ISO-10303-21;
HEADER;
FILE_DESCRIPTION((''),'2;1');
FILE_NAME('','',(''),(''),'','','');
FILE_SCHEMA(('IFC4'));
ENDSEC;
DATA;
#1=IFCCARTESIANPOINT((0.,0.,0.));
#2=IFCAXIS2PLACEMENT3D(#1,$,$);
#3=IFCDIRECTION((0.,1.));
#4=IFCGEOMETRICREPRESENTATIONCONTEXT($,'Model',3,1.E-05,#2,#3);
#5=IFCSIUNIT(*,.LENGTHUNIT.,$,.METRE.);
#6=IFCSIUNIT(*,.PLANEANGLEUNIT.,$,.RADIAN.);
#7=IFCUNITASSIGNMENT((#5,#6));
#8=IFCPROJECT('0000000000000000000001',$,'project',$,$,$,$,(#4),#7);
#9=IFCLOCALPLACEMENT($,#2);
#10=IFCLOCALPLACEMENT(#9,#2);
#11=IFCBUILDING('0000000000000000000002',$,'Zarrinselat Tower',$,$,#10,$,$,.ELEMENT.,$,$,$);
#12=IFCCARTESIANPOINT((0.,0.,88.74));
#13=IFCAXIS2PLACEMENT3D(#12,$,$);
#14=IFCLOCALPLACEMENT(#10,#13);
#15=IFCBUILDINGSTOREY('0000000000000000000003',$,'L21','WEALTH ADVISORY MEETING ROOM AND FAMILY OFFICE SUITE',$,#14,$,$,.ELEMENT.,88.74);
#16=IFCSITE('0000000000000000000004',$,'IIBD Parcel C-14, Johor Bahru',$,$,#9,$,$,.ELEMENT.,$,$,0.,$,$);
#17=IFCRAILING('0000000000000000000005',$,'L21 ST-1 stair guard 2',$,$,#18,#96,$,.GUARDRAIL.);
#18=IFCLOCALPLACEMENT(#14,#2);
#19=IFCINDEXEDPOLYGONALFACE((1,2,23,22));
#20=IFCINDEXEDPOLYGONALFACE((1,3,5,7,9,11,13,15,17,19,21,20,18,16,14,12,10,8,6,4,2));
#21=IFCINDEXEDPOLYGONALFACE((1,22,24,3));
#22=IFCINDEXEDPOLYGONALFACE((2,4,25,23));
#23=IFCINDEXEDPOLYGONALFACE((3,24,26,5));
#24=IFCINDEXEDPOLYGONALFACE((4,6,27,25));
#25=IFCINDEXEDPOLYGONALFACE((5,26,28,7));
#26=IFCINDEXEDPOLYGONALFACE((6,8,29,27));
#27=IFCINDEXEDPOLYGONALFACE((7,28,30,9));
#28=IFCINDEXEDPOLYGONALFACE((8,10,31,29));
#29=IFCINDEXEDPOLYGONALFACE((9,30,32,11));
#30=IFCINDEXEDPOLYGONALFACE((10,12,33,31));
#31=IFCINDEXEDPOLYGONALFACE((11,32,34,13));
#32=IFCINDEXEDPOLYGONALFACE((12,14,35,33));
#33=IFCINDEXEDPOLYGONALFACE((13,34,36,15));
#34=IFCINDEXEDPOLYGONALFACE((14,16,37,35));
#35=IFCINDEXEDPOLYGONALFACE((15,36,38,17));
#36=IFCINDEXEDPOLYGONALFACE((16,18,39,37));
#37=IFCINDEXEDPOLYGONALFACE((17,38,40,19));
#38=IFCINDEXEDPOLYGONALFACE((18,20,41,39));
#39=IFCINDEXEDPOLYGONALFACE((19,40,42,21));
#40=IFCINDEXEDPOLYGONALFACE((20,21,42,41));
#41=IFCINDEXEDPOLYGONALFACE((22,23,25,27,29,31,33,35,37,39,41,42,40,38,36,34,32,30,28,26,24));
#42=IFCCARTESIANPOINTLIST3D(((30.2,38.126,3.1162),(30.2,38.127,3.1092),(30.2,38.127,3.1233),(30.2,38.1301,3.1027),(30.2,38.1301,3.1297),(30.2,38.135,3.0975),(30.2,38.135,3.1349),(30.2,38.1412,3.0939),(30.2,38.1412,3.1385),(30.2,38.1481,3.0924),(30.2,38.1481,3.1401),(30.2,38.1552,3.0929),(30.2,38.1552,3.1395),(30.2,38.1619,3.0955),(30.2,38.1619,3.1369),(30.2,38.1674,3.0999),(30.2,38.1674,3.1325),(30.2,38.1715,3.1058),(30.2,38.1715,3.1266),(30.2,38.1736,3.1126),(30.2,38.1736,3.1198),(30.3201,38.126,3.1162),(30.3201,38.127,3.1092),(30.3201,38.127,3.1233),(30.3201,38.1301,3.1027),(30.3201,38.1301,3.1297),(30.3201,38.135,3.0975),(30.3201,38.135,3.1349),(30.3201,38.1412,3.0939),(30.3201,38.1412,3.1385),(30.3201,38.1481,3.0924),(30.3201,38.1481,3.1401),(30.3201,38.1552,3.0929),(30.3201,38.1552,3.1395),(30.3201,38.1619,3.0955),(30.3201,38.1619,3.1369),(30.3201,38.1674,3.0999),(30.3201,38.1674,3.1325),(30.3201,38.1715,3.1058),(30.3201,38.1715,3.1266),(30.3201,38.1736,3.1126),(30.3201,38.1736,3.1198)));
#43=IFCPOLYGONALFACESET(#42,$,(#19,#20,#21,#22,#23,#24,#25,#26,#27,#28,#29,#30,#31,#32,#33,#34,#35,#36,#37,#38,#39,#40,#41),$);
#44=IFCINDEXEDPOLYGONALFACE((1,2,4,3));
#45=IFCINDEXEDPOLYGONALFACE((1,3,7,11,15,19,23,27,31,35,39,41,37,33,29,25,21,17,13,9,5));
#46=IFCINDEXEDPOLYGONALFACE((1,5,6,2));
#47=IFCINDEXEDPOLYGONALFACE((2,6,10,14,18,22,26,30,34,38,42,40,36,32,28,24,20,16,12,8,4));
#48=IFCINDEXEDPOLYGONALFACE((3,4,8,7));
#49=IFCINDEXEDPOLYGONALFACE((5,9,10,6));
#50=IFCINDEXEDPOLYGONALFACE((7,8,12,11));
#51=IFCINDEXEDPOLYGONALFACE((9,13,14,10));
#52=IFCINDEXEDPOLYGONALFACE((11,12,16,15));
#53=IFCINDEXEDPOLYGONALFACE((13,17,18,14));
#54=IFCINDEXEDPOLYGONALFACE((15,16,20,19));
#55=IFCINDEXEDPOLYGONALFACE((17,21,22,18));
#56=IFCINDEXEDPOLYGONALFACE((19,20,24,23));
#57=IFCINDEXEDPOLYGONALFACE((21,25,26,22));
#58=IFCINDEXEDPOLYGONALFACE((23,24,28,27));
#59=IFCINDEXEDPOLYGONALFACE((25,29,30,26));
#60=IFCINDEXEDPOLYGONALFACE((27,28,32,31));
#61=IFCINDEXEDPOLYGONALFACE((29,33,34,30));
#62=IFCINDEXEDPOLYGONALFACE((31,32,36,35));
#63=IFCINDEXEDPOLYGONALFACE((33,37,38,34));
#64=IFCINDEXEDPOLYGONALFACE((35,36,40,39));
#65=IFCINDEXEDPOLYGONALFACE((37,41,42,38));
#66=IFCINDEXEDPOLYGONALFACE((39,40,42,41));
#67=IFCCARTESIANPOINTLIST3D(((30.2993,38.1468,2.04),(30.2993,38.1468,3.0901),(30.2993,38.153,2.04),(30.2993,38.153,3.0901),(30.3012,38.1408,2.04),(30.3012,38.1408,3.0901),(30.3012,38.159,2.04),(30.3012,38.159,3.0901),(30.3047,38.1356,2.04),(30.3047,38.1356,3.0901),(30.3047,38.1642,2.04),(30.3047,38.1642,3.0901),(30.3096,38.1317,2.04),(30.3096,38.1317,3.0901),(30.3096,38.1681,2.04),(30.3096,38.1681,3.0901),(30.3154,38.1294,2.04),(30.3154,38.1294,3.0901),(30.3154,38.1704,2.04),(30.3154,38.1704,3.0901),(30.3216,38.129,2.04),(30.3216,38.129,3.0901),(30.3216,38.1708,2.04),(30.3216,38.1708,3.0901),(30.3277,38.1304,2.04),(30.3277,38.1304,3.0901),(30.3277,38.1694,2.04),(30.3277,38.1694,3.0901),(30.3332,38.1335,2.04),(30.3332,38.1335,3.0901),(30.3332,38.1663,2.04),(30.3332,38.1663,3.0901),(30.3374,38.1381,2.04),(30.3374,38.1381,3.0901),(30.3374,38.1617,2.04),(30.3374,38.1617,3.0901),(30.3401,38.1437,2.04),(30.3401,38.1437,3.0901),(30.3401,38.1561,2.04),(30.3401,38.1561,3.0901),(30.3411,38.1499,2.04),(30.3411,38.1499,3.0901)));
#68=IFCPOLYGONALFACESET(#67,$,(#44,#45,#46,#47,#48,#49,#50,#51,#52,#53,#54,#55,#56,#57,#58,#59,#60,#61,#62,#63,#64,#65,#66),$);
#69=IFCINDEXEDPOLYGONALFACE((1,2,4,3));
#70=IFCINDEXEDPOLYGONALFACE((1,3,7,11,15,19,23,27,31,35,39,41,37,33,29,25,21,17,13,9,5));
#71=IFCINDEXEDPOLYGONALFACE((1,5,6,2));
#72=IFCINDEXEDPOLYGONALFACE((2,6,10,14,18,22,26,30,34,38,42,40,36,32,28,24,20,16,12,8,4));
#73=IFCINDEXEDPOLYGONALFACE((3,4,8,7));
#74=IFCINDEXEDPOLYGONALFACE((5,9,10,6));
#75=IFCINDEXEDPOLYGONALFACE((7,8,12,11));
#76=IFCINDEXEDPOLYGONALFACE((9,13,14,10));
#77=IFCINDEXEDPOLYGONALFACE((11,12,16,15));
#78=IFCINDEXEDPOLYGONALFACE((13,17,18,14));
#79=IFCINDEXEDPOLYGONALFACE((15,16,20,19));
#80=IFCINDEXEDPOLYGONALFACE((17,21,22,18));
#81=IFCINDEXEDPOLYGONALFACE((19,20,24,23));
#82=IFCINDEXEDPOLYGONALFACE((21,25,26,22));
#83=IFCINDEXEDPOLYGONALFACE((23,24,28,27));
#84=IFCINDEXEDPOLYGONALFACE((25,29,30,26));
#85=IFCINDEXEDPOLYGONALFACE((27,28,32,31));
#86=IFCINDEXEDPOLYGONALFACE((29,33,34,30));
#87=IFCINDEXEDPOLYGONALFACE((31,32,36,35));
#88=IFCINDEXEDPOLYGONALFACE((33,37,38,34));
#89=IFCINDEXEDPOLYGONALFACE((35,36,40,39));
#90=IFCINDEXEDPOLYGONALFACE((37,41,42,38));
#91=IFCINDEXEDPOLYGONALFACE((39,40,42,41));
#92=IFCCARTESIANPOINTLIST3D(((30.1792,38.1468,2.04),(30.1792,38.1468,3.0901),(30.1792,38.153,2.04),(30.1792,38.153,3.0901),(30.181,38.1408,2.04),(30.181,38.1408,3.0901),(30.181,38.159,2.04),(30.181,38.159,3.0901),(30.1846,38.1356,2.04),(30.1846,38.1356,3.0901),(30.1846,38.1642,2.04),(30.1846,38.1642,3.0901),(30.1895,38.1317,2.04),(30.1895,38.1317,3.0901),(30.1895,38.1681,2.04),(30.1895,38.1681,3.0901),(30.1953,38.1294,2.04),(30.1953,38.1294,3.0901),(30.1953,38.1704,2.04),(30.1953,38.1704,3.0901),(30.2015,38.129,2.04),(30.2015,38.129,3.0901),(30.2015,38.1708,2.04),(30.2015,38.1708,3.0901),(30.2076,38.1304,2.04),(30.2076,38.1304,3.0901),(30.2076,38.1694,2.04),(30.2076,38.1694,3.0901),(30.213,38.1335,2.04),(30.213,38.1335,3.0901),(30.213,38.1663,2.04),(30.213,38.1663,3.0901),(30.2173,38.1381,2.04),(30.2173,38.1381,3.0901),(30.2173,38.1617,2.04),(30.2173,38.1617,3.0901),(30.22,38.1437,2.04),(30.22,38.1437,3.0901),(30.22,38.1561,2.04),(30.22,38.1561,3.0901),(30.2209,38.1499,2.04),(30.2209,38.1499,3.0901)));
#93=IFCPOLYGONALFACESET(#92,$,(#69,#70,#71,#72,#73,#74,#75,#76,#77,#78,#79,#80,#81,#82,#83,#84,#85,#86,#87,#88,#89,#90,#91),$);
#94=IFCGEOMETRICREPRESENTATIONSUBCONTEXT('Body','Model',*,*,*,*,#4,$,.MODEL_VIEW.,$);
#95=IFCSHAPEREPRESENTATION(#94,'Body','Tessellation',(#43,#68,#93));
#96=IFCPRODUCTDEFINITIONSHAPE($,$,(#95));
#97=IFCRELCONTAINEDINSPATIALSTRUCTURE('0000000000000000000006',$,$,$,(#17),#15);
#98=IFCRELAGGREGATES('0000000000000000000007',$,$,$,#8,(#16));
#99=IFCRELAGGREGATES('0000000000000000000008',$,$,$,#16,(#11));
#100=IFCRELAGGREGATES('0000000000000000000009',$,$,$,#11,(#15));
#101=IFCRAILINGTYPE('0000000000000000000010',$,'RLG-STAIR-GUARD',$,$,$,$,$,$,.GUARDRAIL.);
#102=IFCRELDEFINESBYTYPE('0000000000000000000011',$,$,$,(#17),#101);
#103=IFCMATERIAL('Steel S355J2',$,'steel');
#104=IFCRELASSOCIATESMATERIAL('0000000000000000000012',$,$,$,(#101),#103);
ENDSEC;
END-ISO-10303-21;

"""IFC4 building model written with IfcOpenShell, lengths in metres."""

from ifc_helpers import new_model, si_unit, direction, frame, origin, origin_2d, place, context, subcontext, project, spatial, circle, extrude, material, type_object, element, save


model = new_model("IFC4")

# Units and contexts
model_context = context("Model", 3, precision=1e-05, world=origin(), true_north=direction((0.0, 1.0)))
body_context = subcontext(model_context, "Body", "Model", "MODEL_VIEW")
ifc_project = project(units=[si_unit("LENGTHUNIT", "METRE"), si_unit("PLANEANGLEUNIT", "RADIAN")], contexts=[model_context])

# Site, building, storey
site_placement = place(None, origin())
site = spatial("IfcSite", under=ifc_project, at=site_placement, Name="IIBD Parcel C-14, Johor Bahru", CompositionType="ELEMENT", RefElevation=0.0)
building_placement = place(site_placement, origin())
building = spatial("IfcBuilding", under=site, at=building_placement, Name="Zarrinselat Tower", CompositionType="ELEMENT")
storey_placement = place(building_placement, frame((0.0, 0.0, 88.74)))
storey = spatial("IfcBuildingStorey", under=building, at=storey_placement, Name="L21", Description="WEALTH ADVISORY MEETING ROOM AND FAMILY OFFICE SUITE", CompositionType="ELEMENT", Elevation=88.74)

# Railing
ifc_material_1 = material(Name="Steel S355J2", Category="steel")
railing_type_1 = type_object("IfcRailingType", Name="RLG-STAIR-GUARD", PredefinedType="GUARDRAIL", material=ifc_material_1)
railing_1_placement = place(storey_placement, frame((30.3201, 38.1499, 2.04)))
element("IfcRailing", 1, at=railing_1_placement, inside=storey, type_object=railing_type_1, Name="L21 ST-1 stair guard 2", PredefinedType="GUARDRAIL", context=body_context, shape_type="SweptSolid", body=[
    extrude(circle(Radius=0.0239, at=origin_2d()), frame((0.0, 0.0, 1.0762), z_axis=(-1.0, 0.0, 0.0), x_axis=(0.0, -1.0, 0.0)), (0.0, 0.0, 1.0), 0.1201),
    extrude(circle(Radius=0.021, at=origin_2d()), origin(), (0.0, 0.0, 1.0), 1.05),
    extrude(circle(Radius=0.021, at=origin_2d()), frame((-0.1201, 0.0, 0.0)), (0.0, 0.0, 1.0), 1.05),
])

save(model, "model.ifc")
